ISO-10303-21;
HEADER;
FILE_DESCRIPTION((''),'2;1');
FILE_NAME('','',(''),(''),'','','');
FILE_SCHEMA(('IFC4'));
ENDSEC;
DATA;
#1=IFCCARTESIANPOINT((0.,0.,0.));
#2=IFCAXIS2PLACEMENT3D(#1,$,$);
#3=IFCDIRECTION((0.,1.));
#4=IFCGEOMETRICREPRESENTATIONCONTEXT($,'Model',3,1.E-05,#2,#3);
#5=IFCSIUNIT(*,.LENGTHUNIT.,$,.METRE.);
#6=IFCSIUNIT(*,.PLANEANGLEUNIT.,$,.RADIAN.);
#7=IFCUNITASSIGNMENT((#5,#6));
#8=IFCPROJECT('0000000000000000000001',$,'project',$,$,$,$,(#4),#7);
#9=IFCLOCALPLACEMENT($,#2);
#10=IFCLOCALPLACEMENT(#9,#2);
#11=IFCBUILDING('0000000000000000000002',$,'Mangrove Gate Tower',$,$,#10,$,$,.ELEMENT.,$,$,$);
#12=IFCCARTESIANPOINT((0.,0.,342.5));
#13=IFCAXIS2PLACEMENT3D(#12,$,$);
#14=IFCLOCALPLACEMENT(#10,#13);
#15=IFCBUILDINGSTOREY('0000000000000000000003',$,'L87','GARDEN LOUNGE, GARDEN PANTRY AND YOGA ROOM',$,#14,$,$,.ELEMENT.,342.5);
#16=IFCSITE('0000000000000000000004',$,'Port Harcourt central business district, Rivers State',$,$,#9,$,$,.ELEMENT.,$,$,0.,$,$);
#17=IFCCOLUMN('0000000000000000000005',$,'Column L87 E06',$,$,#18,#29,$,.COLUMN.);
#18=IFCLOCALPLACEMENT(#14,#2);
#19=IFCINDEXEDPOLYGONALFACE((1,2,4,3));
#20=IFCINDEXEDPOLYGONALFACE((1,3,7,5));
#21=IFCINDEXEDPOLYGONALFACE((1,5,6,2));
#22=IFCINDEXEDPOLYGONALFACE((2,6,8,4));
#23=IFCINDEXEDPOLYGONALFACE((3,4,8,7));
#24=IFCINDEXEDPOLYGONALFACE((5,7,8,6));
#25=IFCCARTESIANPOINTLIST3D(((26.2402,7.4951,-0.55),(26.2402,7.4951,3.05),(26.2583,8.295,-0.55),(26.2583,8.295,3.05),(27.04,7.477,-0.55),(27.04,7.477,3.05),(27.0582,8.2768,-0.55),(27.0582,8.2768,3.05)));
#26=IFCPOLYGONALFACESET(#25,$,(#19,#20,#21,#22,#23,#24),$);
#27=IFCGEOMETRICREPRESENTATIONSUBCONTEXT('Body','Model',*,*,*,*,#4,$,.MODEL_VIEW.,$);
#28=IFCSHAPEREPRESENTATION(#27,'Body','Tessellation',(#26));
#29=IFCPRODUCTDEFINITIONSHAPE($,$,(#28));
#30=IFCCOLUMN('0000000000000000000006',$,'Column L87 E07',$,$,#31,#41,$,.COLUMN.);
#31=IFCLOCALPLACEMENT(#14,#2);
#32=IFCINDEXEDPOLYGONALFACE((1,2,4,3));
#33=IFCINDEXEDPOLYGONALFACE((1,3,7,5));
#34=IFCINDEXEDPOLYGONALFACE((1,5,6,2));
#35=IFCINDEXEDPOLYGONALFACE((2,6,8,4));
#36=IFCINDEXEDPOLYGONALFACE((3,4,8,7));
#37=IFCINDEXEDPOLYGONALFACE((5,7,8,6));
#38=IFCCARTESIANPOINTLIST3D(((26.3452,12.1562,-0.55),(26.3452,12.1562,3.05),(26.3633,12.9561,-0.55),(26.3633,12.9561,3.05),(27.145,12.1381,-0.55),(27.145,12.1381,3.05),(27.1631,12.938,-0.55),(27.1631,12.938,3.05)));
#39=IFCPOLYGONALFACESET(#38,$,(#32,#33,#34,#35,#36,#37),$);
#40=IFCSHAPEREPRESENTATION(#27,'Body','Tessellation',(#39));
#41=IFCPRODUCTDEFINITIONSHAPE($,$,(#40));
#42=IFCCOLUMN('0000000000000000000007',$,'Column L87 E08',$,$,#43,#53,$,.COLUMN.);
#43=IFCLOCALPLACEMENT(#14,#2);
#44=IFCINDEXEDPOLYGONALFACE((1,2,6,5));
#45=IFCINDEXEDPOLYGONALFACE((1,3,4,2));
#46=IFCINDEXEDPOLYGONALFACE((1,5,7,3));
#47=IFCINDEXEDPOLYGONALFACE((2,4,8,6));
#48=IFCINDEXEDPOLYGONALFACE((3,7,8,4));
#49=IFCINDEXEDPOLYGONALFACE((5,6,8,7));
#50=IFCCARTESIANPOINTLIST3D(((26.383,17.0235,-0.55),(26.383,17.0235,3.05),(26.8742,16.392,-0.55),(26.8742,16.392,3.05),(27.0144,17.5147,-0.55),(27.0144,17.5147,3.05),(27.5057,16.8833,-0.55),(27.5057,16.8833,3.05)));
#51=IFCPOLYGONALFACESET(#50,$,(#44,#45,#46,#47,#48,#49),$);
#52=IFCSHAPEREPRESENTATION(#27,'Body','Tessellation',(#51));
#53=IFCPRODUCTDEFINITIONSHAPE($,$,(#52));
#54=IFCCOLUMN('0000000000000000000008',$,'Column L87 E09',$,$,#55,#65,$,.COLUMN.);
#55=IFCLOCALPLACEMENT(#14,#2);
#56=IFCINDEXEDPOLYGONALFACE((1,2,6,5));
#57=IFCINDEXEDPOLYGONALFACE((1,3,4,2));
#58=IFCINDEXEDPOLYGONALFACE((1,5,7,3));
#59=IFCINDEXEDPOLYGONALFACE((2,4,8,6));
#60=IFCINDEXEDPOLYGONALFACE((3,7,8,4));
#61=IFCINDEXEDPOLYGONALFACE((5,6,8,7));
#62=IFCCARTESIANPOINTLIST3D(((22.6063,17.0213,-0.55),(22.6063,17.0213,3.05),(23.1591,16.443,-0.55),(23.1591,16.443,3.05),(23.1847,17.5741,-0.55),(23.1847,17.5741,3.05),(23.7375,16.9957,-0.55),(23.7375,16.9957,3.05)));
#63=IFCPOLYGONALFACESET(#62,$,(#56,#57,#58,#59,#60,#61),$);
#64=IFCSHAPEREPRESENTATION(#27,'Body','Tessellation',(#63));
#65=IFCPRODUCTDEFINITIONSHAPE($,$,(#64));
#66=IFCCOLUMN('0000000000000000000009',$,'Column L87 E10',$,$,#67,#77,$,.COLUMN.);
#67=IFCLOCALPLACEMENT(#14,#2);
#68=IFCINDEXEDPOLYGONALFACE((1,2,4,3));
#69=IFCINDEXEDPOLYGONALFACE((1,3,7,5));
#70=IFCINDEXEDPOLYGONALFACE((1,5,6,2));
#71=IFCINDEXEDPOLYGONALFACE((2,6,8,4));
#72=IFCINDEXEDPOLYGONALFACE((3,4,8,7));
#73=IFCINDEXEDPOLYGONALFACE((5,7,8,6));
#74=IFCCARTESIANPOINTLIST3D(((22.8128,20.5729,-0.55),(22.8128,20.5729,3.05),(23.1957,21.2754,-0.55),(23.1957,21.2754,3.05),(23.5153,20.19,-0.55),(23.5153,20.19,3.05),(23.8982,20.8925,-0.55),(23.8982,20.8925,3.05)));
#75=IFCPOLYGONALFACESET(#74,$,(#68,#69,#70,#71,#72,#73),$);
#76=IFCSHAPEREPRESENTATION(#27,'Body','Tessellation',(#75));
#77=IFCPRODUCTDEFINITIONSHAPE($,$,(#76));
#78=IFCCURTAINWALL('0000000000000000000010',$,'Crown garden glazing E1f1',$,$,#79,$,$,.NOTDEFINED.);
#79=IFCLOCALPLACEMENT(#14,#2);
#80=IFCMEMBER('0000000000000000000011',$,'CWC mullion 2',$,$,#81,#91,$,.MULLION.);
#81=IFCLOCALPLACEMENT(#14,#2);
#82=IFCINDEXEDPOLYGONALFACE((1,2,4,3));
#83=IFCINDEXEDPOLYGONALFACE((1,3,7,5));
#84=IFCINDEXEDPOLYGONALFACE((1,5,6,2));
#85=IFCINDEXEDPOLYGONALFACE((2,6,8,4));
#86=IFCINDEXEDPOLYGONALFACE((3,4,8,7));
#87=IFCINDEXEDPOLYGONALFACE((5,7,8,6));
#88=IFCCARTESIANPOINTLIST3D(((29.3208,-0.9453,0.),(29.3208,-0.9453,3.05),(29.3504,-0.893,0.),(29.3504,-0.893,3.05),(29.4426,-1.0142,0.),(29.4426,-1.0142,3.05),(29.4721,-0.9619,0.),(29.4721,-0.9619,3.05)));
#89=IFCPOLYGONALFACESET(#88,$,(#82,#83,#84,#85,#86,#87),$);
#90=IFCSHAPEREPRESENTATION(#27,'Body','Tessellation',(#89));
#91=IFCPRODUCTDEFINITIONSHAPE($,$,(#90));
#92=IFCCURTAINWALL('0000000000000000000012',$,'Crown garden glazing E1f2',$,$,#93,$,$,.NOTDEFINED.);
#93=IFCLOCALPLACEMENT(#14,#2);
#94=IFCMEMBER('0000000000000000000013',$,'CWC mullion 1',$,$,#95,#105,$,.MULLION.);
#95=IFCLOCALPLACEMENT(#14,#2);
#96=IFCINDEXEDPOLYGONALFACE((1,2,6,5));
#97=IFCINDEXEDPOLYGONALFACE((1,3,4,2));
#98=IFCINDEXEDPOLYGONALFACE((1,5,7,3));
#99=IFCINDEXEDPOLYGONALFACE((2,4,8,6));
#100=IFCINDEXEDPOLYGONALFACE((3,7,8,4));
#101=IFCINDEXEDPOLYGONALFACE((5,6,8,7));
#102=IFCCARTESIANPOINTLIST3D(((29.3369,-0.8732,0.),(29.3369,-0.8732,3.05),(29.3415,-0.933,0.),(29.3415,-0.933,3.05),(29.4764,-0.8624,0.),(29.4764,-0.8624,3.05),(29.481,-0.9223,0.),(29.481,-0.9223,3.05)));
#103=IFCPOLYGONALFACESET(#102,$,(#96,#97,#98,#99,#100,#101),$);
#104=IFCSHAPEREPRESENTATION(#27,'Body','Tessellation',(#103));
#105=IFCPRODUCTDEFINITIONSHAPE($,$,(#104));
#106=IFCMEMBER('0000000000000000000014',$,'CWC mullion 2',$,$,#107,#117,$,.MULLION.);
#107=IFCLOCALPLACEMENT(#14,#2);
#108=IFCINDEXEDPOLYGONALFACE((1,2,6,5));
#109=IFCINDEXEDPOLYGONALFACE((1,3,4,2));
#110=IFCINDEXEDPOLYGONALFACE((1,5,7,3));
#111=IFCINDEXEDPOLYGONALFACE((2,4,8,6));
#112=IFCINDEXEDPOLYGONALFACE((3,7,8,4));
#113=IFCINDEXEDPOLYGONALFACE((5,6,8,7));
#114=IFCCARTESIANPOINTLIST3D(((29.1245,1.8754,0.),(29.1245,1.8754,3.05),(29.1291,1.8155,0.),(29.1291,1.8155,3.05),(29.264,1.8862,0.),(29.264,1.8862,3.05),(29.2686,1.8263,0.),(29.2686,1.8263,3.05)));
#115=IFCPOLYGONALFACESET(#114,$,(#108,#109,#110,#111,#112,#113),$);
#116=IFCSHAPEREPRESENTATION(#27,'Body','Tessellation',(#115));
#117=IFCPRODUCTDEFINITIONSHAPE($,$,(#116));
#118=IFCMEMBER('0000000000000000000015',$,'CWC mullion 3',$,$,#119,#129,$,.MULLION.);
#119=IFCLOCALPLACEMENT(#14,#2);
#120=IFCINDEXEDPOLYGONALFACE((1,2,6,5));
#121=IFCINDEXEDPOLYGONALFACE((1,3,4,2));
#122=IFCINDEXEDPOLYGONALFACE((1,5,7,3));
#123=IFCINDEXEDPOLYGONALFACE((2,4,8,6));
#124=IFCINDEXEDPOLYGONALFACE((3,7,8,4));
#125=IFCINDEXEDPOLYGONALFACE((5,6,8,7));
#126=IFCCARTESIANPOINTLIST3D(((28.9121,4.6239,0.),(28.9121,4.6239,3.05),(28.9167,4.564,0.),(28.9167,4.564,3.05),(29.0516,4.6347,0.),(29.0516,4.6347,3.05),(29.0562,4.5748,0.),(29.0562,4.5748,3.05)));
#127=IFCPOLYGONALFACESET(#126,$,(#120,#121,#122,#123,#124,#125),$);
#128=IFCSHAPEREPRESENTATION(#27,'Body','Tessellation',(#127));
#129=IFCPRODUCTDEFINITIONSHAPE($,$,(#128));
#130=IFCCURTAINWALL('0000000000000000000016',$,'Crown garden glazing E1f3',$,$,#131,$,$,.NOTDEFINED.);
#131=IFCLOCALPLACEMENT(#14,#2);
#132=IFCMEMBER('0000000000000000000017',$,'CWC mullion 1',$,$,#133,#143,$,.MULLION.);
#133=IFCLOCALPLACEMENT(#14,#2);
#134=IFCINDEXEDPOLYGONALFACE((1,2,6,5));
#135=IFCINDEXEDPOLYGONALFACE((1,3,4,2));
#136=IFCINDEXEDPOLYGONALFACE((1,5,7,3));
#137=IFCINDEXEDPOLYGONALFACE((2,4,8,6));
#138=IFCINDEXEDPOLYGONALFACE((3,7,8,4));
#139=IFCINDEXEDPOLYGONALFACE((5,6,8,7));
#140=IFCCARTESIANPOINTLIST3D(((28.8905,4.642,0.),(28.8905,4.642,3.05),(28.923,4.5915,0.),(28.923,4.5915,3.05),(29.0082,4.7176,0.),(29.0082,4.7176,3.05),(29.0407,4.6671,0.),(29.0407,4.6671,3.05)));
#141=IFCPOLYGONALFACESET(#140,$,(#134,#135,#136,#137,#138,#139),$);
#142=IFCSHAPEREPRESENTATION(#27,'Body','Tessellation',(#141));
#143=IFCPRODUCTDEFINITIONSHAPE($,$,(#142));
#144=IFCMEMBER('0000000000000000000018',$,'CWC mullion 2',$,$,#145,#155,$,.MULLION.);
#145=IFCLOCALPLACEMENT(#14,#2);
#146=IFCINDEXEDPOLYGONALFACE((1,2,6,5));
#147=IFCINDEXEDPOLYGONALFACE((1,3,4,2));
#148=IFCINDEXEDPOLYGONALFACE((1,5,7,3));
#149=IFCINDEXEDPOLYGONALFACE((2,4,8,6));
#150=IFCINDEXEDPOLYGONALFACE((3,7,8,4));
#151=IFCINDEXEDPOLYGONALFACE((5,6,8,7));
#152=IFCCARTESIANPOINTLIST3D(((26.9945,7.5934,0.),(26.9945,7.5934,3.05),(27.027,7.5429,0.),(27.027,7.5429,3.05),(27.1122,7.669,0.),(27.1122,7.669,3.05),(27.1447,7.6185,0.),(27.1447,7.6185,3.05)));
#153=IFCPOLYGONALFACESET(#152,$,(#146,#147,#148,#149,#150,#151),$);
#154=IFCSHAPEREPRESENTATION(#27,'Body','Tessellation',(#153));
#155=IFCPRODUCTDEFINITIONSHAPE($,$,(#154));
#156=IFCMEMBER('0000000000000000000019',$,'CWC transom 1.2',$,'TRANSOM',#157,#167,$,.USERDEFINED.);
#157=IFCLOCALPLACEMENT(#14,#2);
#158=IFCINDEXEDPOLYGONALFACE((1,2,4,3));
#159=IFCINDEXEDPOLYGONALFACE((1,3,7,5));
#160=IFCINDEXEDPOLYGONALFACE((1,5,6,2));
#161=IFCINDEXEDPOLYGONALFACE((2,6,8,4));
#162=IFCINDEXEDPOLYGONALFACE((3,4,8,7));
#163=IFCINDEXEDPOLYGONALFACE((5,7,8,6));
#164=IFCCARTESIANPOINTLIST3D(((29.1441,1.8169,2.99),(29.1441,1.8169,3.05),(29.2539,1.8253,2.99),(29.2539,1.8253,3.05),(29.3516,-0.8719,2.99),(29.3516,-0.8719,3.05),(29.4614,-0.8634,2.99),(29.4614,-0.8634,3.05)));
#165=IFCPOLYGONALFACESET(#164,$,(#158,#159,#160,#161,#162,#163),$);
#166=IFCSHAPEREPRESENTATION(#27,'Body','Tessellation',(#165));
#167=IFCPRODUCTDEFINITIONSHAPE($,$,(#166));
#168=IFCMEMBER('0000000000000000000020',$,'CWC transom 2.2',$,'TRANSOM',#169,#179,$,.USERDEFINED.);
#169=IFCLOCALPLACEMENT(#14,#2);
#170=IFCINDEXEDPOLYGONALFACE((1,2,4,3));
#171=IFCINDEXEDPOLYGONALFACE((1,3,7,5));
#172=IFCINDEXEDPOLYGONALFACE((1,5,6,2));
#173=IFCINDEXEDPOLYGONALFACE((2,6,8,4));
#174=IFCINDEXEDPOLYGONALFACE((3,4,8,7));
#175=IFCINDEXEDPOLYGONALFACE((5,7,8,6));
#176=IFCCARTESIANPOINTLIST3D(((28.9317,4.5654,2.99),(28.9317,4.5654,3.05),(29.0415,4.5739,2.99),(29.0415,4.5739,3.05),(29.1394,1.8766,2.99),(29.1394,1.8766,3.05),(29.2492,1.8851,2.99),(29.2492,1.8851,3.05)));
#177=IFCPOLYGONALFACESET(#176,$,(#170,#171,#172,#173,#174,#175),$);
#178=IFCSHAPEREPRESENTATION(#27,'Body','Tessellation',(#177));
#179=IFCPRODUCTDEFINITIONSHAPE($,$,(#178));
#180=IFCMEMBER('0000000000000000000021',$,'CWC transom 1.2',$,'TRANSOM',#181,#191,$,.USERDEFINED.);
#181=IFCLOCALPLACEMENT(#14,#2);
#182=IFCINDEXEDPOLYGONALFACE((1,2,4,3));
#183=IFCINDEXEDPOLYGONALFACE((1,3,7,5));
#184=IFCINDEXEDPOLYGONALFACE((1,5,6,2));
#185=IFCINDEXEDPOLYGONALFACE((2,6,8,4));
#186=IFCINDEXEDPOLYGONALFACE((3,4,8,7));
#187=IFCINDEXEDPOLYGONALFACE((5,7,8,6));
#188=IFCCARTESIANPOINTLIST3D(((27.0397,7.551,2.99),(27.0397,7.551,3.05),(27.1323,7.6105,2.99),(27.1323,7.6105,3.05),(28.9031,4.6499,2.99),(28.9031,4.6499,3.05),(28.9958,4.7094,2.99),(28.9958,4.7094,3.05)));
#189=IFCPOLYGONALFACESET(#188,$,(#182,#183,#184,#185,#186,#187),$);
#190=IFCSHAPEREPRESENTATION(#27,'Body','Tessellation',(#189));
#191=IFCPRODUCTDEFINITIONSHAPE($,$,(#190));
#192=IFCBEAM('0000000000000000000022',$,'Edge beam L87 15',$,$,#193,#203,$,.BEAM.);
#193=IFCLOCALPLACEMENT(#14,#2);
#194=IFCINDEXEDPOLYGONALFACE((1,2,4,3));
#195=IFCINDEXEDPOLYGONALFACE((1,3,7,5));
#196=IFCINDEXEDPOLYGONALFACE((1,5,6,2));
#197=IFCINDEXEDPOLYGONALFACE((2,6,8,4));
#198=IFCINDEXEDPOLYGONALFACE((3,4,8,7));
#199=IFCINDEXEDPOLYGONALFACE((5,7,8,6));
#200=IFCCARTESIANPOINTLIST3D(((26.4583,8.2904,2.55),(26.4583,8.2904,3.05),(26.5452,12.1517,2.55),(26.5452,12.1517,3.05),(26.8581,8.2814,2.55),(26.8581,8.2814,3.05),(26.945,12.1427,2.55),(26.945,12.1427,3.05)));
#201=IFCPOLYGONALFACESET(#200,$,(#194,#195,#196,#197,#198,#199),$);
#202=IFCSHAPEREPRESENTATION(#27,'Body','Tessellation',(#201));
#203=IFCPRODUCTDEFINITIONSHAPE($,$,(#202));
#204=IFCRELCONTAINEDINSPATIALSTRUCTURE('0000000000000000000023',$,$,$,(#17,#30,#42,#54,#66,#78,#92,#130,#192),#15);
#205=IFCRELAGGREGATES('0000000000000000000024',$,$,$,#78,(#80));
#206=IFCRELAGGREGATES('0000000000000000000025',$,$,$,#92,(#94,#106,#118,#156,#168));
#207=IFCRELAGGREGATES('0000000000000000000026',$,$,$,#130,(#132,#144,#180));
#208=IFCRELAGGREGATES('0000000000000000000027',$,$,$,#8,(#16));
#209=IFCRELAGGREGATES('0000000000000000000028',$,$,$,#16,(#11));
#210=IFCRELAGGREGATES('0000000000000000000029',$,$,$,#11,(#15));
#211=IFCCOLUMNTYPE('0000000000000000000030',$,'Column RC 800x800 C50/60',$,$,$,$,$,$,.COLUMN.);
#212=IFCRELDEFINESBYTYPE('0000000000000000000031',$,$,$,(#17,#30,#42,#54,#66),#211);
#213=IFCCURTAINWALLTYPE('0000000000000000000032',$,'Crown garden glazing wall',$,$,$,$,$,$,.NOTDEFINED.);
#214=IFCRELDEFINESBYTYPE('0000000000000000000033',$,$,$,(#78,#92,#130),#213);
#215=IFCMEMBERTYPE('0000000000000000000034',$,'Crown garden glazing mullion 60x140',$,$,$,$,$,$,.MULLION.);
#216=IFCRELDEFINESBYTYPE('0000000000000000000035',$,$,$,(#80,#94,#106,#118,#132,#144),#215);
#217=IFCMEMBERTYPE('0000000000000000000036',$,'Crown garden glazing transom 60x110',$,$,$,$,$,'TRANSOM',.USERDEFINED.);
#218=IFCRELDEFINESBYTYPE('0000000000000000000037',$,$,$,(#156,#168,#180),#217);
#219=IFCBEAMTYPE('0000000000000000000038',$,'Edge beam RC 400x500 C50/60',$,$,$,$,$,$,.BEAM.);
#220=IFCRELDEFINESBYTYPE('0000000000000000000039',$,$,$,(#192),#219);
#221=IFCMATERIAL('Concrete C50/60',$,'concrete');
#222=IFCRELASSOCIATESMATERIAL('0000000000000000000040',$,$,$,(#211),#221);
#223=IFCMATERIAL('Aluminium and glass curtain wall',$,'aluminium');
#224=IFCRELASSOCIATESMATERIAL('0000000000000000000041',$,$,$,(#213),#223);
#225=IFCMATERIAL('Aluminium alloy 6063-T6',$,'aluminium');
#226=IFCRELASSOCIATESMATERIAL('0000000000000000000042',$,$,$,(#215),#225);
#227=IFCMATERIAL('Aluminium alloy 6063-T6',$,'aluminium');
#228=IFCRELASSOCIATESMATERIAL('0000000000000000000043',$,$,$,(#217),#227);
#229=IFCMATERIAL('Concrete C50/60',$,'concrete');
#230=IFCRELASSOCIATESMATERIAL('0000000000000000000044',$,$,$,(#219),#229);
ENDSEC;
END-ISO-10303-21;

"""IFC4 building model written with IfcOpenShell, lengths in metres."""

from ifc_helpers import new_model, si_unit, direction, frame, origin, origin_2d, place, context, subcontext, project, spatial, rectangle, extrude, material, material_profile, profile_set, type_object, element, aggregate, save


model = new_model("IFC4")

# Units and contexts
model_context = context("Model", 3, precision=1e-05, world=origin(), true_north=direction((0.0, 1.0)))
body_context = subcontext(model_context, "Body", "Model", "MODEL_VIEW")
ifc_project = project(units=[si_unit("LENGTHUNIT", "METRE"), si_unit("PLANEANGLEUNIT", "RADIAN")], contexts=[model_context])

# Site, building, storey
site_placement = place(None, origin())
site = spatial("IfcSite", under=ifc_project, at=site_placement, Name="Port Harcourt central business district, Rivers State", CompositionType="ELEMENT", RefElevation=0.0)
building_placement = place(site_placement, origin())
building = spatial("IfcBuilding", under=site, at=building_placement, Name="Mangrove Gate Tower", CompositionType="ELEMENT")
storey_placement = place(building_placement, frame((0.0, 0.0, 342.5)))
storey = spatial("IfcBuildingStorey", under=building, at=storey_placement, Name="L87", Description="GARDEN LOUNGE, GARDEN PANTRY AND YOGA ROOM", CompositionType="ELEMENT", Elevation=342.5)

# Columns
ifc_material_1 = material(Name="Concrete C50/60", Category="concrete")
ifc_material_profile_1 = material_profile(ifc_material_1, rectangle(XDim=0.8, YDim=0.8, at=origin_2d()))
ifc_profile_set_1 = profile_set([ifc_material_profile_1], Name="Concrete C50/60")
column_type = type_object("IfcColumnType", Name="Column RC 800x800 C50/60", PredefinedType="COLUMN", material=ifc_profile_set_1)
for number, where, z_axis, x_axis, name in (
    (1, (26.6492, 7.886, -0.55), (0.0, 0.0, 1.0), (0.022647, 0.999744, 0.0), "Column L87 E06"),
    (2, (26.7542, 12.5471, -0.55), (0.0, 0.0, 1.0), (0.022629, 0.999744, 0.0), "Column L87 E07"),
    (3, (26.9443, 16.9534, -0.55), (0.0, 0.0, 1.0), (-0.614033, 0.789281, 0.0), "Column L87 E08"),
    (4, (23.1719, 17.0085, -0.55), (0.0, 0.0, 1.0), (-0.690923, 0.722929, 0.0), "Column L87 E09"),
    (5, (23.3555, 20.7327, -0.55), (0.0, 0.0, 1.0), (-0.878038, 0.47859, 0.0), "Column L87 E10"),
):
    element("IfcColumn", number, at=place(storey_placement, frame(where, z_axis=z_axis, x_axis=x_axis)), inside=storey, type_object=column_type, Name=name, PredefinedType="COLUMN", context=body_context, shape_type="SweptSolid", body=[
        extrude(rectangle(XDim=0.8, YDim=0.8, at=origin_2d()), origin(), (0.0, 0.0, 1.0), 3.6001),
    ])

# Curtain wall, member
ifc_material_2 = material(Name="Aluminium and glass curtain wall", Category="aluminium")
curtain_wall_type = type_object("IfcCurtainWallType", Name="Crown garden glazing wall", PredefinedType="NOTDEFINED", material=ifc_material_2)
curtain_wall_1_placement = place(storey_placement, origin())
curtain_wall_1 = element("IfcCurtainWall", 6, at=curtain_wall_1_placement, inside=storey, type_object=curtain_wall_type, Name="Crown garden glazing E1f1", PredefinedType="NOTDEFINED")
ifc_material_3 = material(Name="Aluminium alloy 6063-T6", Category="aluminium")
ifc_material_profile_2 = material_profile(ifc_material_3, rectangle(XDim=0.0601, YDim=0.1399, at=origin_2d()))
ifc_profile_set_2 = profile_set([ifc_material_profile_2], Name="Aluminium alloy 6063-T6")
member_type_1 = type_object("IfcMemberType", Name="Crown garden glazing mullion 60x140", PredefinedType="MULLION", material=ifc_profile_set_2)
member_1_placement = place(storey_placement, frame((29.3965, -0.9536, 0.0), z_axis=(0.0, 0.0, 1.0), x_axis=(0.492566, 0.870275, 0.0)))
member_1 = element("IfcMember", 7, at=member_1_placement, type_object=member_type_1, Name="CWC mullion 2", PredefinedType="MULLION", context=body_context, shape_type="SweptSolid", body=[
    extrude(rectangle(XDim=0.0601, YDim=0.1399, at=origin_2d()), origin(), (0.0, 0.0, 1.0), 3.05),
])

# Curtain walls, members
curtain_wall_2_placement = place(storey_placement, origin())
curtain_wall_2 = element("IfcCurtainWall", 8, at=curtain_wall_2_placement, inside=storey, type_object=curtain_wall_type, Name="Crown garden glazing E1f2", PredefinedType="NOTDEFINED")
member_2_placement = place(storey_placement, frame((29.4089, -0.8977, 0.0), z_axis=(0.0, 0.0, 1.0), x_axis=(-0.077023, 0.997029, 0.0)))
member_2 = element("IfcMember", 9, at=member_2_placement, type_object=member_type_1, Name="CWC mullion 1", PredefinedType="MULLION", context=body_context, shape_type="SweptSolid", body=[
    extrude(rectangle(XDim=0.0601, YDim=0.1399, at=origin_2d()), origin(), (0.0, 0.0, 1.0), 3.05),
])
member_3_placement = place(storey_placement, frame((29.1965, 1.8508, 0.0), z_axis=(0.0, 0.0, 1.0), x_axis=(-0.077023, 0.997029, 0.0)))
member_3 = element("IfcMember", 10, at=member_3_placement, type_object=member_type_1, Name="CWC mullion 2", PredefinedType="MULLION", context=body_context, shape_type="SweptSolid", body=[
    extrude(rectangle(XDim=0.0601, YDim=0.1399, at=origin_2d()), origin(), (0.0, 0.0, 1.0), 3.05),
])
member_4_placement = place(storey_placement, frame((28.9841, 4.5994, 0.0), z_axis=(0.0, 0.0, 1.0), x_axis=(-0.077023, 0.997029, 0.0)))
member_4 = element("IfcMember", 11, at=member_4_placement, type_object=member_type_1, Name="CWC mullion 3", PredefinedType="MULLION", context=body_context, shape_type="SweptSolid", body=[
    extrude(rectangle(XDim=0.0601, YDim=0.1399, at=origin_2d()), origin(), (0.0, 0.0, 1.0), 3.05),
])
curtain_wall_3_placement = place(storey_placement, origin())
curtain_wall_3 = element("IfcCurtainWall", 12, at=curtain_wall_3_placement, inside=storey, type_object=curtain_wall_type, Name="Crown garden glazing E1f3", PredefinedType="NOTDEFINED")
member_5_placement = place(storey_placement, frame((28.9656, 4.6545, 0.0), z_axis=(0.0, 0.0, 1.0), x_axis=(-0.540496, 0.841347, 0.0)))
member_5 = element("IfcMember", 13, at=member_5_placement, type_object=member_type_1, Name="CWC mullion 1", PredefinedType="MULLION", context=body_context, shape_type="SweptSolid", body=[
    extrude(rectangle(XDim=0.0601, YDim=0.1399, at=origin_2d()), origin(), (0.0, 0.0, 1.0), 3.05),
])
member_6_placement = place(storey_placement, frame((27.0696, 7.606, 0.0), z_axis=(0.0, 0.0, 1.0), x_axis=(-0.540496, 0.841347, 0.0)))
member_6 = element("IfcMember", 14, at=member_6_placement, type_object=member_type_1, Name="CWC mullion 2", PredefinedType="MULLION", context=body_context, shape_type="SweptSolid", body=[
    extrude(rectangle(XDim=0.0601, YDim=0.1399, at=origin_2d()), origin(), (0.0, 0.0, 1.0), 3.05),
])

# Members
ifc_material_4 = material(Name="Aluminium alloy 6063-T6", Category="aluminium")
ifc_material_profile_3 = material_profile(ifc_material_4, rectangle(XDim=0.0601, YDim=0.1101, at=origin_2d()))
ifc_profile_set_3 = profile_set([ifc_material_profile_3], Name="Aluminium alloy 6063-T6")
member_type_2 = type_object("IfcMemberType", Name="Crown garden glazing transom 60x110", ElementType="TRANSOM", PredefinedType="USERDEFINED", material=ifc_profile_set_3)
member_7_placement = place(storey_placement, frame((29.4065, -0.8677, 3.02), z_axis=(-0.076953, 0.997035, 0.0), x_axis=(0.0, 0.0, 1.0)))
member_7 = element("IfcMember", 15, at=member_7_placement, type_object=member_type_2, Name="CWC transom 1.2", ObjectType="TRANSOM", PredefinedType="USERDEFINED", context=body_context, shape_type="SweptSolid", body=[
    extrude(rectangle(XDim=0.0601, YDim=0.1101, at=origin_2d()), origin(), (0.0, 0.0, 1.0), 2.6968),
])
member_8_placement = place(storey_placement, frame((29.1943, 1.8809, 3.02), z_axis=(-0.077043, 0.997028, 0.0), x_axis=(0.0, 0.0, 1.0)))
member_8 = element("IfcMember", 16, at=member_8_placement, type_object=member_type_2, Name="CWC transom 2.2", ObjectType="TRANSOM", PredefinedType="USERDEFINED", context=body_context, shape_type="SweptSolid", body=[
    extrude(rectangle(XDim=0.0601, YDim=0.1101, at=origin_2d()), origin(), (0.0, 0.0, 1.0), 2.6968),
])
member_9_placement = place(storey_placement, frame((28.9495, 4.6797, 3.02), z_axis=(-0.540453, 0.841374, 0.0), x_axis=(0.0, 0.0, 1.0)))
member_9 = element("IfcMember", 17, at=member_9_placement, type_object=member_type_2, Name="CWC transom 1.2", ObjectType="TRANSOM", PredefinedType="USERDEFINED", context=body_context, shape_type="SweptSolid", body=[
    extrude(rectangle(XDim=0.0601, YDim=0.1101, at=origin_2d()), origin(), (0.0, 0.0, 1.0), 3.448),
])

# Beam
ifc_material_5 = material(Name="Concrete C50/60", Category="concrete")
ifc_material_profile_4 = material_profile(ifc_material_5, rectangle(XDim=0.3999, YDim=0.5, at=origin_2d()))
ifc_profile_set_4 = profile_set([ifc_material_profile_4], Name="Concrete C50/60")
beam_type_1 = type_object("IfcBeamType", Name="Edge beam RC 400x500 C50/60", PredefinedType="BEAM", material=ifc_profile_set_4)
beam_1_placement = place(storey_placement, frame((26.6582, 8.2859, 2.8), z_axis=(0.022503, 0.999747, 0.0), x_axis=(-0.999747, 0.022503, 0.0)))
element("IfcBeam", 18, at=beam_1_placement, inside=storey, type_object=beam_type_1, Name="Edge beam L87 15", PredefinedType="BEAM", context=body_context, shape_type="SweptSolid", body=[
    extrude(rectangle(XDim=0.3999, YDim=0.5, at=origin_2d()), origin(), (0.0, 0.0, 1.0), 3.8623),
])

aggregate(curtain_wall_1, [member_1])
aggregate(curtain_wall_2, [member_2, member_3, member_4, member_7, member_8])
aggregate(curtain_wall_3, [member_5, member_6, member_9])

save(model, "model.ifc")
